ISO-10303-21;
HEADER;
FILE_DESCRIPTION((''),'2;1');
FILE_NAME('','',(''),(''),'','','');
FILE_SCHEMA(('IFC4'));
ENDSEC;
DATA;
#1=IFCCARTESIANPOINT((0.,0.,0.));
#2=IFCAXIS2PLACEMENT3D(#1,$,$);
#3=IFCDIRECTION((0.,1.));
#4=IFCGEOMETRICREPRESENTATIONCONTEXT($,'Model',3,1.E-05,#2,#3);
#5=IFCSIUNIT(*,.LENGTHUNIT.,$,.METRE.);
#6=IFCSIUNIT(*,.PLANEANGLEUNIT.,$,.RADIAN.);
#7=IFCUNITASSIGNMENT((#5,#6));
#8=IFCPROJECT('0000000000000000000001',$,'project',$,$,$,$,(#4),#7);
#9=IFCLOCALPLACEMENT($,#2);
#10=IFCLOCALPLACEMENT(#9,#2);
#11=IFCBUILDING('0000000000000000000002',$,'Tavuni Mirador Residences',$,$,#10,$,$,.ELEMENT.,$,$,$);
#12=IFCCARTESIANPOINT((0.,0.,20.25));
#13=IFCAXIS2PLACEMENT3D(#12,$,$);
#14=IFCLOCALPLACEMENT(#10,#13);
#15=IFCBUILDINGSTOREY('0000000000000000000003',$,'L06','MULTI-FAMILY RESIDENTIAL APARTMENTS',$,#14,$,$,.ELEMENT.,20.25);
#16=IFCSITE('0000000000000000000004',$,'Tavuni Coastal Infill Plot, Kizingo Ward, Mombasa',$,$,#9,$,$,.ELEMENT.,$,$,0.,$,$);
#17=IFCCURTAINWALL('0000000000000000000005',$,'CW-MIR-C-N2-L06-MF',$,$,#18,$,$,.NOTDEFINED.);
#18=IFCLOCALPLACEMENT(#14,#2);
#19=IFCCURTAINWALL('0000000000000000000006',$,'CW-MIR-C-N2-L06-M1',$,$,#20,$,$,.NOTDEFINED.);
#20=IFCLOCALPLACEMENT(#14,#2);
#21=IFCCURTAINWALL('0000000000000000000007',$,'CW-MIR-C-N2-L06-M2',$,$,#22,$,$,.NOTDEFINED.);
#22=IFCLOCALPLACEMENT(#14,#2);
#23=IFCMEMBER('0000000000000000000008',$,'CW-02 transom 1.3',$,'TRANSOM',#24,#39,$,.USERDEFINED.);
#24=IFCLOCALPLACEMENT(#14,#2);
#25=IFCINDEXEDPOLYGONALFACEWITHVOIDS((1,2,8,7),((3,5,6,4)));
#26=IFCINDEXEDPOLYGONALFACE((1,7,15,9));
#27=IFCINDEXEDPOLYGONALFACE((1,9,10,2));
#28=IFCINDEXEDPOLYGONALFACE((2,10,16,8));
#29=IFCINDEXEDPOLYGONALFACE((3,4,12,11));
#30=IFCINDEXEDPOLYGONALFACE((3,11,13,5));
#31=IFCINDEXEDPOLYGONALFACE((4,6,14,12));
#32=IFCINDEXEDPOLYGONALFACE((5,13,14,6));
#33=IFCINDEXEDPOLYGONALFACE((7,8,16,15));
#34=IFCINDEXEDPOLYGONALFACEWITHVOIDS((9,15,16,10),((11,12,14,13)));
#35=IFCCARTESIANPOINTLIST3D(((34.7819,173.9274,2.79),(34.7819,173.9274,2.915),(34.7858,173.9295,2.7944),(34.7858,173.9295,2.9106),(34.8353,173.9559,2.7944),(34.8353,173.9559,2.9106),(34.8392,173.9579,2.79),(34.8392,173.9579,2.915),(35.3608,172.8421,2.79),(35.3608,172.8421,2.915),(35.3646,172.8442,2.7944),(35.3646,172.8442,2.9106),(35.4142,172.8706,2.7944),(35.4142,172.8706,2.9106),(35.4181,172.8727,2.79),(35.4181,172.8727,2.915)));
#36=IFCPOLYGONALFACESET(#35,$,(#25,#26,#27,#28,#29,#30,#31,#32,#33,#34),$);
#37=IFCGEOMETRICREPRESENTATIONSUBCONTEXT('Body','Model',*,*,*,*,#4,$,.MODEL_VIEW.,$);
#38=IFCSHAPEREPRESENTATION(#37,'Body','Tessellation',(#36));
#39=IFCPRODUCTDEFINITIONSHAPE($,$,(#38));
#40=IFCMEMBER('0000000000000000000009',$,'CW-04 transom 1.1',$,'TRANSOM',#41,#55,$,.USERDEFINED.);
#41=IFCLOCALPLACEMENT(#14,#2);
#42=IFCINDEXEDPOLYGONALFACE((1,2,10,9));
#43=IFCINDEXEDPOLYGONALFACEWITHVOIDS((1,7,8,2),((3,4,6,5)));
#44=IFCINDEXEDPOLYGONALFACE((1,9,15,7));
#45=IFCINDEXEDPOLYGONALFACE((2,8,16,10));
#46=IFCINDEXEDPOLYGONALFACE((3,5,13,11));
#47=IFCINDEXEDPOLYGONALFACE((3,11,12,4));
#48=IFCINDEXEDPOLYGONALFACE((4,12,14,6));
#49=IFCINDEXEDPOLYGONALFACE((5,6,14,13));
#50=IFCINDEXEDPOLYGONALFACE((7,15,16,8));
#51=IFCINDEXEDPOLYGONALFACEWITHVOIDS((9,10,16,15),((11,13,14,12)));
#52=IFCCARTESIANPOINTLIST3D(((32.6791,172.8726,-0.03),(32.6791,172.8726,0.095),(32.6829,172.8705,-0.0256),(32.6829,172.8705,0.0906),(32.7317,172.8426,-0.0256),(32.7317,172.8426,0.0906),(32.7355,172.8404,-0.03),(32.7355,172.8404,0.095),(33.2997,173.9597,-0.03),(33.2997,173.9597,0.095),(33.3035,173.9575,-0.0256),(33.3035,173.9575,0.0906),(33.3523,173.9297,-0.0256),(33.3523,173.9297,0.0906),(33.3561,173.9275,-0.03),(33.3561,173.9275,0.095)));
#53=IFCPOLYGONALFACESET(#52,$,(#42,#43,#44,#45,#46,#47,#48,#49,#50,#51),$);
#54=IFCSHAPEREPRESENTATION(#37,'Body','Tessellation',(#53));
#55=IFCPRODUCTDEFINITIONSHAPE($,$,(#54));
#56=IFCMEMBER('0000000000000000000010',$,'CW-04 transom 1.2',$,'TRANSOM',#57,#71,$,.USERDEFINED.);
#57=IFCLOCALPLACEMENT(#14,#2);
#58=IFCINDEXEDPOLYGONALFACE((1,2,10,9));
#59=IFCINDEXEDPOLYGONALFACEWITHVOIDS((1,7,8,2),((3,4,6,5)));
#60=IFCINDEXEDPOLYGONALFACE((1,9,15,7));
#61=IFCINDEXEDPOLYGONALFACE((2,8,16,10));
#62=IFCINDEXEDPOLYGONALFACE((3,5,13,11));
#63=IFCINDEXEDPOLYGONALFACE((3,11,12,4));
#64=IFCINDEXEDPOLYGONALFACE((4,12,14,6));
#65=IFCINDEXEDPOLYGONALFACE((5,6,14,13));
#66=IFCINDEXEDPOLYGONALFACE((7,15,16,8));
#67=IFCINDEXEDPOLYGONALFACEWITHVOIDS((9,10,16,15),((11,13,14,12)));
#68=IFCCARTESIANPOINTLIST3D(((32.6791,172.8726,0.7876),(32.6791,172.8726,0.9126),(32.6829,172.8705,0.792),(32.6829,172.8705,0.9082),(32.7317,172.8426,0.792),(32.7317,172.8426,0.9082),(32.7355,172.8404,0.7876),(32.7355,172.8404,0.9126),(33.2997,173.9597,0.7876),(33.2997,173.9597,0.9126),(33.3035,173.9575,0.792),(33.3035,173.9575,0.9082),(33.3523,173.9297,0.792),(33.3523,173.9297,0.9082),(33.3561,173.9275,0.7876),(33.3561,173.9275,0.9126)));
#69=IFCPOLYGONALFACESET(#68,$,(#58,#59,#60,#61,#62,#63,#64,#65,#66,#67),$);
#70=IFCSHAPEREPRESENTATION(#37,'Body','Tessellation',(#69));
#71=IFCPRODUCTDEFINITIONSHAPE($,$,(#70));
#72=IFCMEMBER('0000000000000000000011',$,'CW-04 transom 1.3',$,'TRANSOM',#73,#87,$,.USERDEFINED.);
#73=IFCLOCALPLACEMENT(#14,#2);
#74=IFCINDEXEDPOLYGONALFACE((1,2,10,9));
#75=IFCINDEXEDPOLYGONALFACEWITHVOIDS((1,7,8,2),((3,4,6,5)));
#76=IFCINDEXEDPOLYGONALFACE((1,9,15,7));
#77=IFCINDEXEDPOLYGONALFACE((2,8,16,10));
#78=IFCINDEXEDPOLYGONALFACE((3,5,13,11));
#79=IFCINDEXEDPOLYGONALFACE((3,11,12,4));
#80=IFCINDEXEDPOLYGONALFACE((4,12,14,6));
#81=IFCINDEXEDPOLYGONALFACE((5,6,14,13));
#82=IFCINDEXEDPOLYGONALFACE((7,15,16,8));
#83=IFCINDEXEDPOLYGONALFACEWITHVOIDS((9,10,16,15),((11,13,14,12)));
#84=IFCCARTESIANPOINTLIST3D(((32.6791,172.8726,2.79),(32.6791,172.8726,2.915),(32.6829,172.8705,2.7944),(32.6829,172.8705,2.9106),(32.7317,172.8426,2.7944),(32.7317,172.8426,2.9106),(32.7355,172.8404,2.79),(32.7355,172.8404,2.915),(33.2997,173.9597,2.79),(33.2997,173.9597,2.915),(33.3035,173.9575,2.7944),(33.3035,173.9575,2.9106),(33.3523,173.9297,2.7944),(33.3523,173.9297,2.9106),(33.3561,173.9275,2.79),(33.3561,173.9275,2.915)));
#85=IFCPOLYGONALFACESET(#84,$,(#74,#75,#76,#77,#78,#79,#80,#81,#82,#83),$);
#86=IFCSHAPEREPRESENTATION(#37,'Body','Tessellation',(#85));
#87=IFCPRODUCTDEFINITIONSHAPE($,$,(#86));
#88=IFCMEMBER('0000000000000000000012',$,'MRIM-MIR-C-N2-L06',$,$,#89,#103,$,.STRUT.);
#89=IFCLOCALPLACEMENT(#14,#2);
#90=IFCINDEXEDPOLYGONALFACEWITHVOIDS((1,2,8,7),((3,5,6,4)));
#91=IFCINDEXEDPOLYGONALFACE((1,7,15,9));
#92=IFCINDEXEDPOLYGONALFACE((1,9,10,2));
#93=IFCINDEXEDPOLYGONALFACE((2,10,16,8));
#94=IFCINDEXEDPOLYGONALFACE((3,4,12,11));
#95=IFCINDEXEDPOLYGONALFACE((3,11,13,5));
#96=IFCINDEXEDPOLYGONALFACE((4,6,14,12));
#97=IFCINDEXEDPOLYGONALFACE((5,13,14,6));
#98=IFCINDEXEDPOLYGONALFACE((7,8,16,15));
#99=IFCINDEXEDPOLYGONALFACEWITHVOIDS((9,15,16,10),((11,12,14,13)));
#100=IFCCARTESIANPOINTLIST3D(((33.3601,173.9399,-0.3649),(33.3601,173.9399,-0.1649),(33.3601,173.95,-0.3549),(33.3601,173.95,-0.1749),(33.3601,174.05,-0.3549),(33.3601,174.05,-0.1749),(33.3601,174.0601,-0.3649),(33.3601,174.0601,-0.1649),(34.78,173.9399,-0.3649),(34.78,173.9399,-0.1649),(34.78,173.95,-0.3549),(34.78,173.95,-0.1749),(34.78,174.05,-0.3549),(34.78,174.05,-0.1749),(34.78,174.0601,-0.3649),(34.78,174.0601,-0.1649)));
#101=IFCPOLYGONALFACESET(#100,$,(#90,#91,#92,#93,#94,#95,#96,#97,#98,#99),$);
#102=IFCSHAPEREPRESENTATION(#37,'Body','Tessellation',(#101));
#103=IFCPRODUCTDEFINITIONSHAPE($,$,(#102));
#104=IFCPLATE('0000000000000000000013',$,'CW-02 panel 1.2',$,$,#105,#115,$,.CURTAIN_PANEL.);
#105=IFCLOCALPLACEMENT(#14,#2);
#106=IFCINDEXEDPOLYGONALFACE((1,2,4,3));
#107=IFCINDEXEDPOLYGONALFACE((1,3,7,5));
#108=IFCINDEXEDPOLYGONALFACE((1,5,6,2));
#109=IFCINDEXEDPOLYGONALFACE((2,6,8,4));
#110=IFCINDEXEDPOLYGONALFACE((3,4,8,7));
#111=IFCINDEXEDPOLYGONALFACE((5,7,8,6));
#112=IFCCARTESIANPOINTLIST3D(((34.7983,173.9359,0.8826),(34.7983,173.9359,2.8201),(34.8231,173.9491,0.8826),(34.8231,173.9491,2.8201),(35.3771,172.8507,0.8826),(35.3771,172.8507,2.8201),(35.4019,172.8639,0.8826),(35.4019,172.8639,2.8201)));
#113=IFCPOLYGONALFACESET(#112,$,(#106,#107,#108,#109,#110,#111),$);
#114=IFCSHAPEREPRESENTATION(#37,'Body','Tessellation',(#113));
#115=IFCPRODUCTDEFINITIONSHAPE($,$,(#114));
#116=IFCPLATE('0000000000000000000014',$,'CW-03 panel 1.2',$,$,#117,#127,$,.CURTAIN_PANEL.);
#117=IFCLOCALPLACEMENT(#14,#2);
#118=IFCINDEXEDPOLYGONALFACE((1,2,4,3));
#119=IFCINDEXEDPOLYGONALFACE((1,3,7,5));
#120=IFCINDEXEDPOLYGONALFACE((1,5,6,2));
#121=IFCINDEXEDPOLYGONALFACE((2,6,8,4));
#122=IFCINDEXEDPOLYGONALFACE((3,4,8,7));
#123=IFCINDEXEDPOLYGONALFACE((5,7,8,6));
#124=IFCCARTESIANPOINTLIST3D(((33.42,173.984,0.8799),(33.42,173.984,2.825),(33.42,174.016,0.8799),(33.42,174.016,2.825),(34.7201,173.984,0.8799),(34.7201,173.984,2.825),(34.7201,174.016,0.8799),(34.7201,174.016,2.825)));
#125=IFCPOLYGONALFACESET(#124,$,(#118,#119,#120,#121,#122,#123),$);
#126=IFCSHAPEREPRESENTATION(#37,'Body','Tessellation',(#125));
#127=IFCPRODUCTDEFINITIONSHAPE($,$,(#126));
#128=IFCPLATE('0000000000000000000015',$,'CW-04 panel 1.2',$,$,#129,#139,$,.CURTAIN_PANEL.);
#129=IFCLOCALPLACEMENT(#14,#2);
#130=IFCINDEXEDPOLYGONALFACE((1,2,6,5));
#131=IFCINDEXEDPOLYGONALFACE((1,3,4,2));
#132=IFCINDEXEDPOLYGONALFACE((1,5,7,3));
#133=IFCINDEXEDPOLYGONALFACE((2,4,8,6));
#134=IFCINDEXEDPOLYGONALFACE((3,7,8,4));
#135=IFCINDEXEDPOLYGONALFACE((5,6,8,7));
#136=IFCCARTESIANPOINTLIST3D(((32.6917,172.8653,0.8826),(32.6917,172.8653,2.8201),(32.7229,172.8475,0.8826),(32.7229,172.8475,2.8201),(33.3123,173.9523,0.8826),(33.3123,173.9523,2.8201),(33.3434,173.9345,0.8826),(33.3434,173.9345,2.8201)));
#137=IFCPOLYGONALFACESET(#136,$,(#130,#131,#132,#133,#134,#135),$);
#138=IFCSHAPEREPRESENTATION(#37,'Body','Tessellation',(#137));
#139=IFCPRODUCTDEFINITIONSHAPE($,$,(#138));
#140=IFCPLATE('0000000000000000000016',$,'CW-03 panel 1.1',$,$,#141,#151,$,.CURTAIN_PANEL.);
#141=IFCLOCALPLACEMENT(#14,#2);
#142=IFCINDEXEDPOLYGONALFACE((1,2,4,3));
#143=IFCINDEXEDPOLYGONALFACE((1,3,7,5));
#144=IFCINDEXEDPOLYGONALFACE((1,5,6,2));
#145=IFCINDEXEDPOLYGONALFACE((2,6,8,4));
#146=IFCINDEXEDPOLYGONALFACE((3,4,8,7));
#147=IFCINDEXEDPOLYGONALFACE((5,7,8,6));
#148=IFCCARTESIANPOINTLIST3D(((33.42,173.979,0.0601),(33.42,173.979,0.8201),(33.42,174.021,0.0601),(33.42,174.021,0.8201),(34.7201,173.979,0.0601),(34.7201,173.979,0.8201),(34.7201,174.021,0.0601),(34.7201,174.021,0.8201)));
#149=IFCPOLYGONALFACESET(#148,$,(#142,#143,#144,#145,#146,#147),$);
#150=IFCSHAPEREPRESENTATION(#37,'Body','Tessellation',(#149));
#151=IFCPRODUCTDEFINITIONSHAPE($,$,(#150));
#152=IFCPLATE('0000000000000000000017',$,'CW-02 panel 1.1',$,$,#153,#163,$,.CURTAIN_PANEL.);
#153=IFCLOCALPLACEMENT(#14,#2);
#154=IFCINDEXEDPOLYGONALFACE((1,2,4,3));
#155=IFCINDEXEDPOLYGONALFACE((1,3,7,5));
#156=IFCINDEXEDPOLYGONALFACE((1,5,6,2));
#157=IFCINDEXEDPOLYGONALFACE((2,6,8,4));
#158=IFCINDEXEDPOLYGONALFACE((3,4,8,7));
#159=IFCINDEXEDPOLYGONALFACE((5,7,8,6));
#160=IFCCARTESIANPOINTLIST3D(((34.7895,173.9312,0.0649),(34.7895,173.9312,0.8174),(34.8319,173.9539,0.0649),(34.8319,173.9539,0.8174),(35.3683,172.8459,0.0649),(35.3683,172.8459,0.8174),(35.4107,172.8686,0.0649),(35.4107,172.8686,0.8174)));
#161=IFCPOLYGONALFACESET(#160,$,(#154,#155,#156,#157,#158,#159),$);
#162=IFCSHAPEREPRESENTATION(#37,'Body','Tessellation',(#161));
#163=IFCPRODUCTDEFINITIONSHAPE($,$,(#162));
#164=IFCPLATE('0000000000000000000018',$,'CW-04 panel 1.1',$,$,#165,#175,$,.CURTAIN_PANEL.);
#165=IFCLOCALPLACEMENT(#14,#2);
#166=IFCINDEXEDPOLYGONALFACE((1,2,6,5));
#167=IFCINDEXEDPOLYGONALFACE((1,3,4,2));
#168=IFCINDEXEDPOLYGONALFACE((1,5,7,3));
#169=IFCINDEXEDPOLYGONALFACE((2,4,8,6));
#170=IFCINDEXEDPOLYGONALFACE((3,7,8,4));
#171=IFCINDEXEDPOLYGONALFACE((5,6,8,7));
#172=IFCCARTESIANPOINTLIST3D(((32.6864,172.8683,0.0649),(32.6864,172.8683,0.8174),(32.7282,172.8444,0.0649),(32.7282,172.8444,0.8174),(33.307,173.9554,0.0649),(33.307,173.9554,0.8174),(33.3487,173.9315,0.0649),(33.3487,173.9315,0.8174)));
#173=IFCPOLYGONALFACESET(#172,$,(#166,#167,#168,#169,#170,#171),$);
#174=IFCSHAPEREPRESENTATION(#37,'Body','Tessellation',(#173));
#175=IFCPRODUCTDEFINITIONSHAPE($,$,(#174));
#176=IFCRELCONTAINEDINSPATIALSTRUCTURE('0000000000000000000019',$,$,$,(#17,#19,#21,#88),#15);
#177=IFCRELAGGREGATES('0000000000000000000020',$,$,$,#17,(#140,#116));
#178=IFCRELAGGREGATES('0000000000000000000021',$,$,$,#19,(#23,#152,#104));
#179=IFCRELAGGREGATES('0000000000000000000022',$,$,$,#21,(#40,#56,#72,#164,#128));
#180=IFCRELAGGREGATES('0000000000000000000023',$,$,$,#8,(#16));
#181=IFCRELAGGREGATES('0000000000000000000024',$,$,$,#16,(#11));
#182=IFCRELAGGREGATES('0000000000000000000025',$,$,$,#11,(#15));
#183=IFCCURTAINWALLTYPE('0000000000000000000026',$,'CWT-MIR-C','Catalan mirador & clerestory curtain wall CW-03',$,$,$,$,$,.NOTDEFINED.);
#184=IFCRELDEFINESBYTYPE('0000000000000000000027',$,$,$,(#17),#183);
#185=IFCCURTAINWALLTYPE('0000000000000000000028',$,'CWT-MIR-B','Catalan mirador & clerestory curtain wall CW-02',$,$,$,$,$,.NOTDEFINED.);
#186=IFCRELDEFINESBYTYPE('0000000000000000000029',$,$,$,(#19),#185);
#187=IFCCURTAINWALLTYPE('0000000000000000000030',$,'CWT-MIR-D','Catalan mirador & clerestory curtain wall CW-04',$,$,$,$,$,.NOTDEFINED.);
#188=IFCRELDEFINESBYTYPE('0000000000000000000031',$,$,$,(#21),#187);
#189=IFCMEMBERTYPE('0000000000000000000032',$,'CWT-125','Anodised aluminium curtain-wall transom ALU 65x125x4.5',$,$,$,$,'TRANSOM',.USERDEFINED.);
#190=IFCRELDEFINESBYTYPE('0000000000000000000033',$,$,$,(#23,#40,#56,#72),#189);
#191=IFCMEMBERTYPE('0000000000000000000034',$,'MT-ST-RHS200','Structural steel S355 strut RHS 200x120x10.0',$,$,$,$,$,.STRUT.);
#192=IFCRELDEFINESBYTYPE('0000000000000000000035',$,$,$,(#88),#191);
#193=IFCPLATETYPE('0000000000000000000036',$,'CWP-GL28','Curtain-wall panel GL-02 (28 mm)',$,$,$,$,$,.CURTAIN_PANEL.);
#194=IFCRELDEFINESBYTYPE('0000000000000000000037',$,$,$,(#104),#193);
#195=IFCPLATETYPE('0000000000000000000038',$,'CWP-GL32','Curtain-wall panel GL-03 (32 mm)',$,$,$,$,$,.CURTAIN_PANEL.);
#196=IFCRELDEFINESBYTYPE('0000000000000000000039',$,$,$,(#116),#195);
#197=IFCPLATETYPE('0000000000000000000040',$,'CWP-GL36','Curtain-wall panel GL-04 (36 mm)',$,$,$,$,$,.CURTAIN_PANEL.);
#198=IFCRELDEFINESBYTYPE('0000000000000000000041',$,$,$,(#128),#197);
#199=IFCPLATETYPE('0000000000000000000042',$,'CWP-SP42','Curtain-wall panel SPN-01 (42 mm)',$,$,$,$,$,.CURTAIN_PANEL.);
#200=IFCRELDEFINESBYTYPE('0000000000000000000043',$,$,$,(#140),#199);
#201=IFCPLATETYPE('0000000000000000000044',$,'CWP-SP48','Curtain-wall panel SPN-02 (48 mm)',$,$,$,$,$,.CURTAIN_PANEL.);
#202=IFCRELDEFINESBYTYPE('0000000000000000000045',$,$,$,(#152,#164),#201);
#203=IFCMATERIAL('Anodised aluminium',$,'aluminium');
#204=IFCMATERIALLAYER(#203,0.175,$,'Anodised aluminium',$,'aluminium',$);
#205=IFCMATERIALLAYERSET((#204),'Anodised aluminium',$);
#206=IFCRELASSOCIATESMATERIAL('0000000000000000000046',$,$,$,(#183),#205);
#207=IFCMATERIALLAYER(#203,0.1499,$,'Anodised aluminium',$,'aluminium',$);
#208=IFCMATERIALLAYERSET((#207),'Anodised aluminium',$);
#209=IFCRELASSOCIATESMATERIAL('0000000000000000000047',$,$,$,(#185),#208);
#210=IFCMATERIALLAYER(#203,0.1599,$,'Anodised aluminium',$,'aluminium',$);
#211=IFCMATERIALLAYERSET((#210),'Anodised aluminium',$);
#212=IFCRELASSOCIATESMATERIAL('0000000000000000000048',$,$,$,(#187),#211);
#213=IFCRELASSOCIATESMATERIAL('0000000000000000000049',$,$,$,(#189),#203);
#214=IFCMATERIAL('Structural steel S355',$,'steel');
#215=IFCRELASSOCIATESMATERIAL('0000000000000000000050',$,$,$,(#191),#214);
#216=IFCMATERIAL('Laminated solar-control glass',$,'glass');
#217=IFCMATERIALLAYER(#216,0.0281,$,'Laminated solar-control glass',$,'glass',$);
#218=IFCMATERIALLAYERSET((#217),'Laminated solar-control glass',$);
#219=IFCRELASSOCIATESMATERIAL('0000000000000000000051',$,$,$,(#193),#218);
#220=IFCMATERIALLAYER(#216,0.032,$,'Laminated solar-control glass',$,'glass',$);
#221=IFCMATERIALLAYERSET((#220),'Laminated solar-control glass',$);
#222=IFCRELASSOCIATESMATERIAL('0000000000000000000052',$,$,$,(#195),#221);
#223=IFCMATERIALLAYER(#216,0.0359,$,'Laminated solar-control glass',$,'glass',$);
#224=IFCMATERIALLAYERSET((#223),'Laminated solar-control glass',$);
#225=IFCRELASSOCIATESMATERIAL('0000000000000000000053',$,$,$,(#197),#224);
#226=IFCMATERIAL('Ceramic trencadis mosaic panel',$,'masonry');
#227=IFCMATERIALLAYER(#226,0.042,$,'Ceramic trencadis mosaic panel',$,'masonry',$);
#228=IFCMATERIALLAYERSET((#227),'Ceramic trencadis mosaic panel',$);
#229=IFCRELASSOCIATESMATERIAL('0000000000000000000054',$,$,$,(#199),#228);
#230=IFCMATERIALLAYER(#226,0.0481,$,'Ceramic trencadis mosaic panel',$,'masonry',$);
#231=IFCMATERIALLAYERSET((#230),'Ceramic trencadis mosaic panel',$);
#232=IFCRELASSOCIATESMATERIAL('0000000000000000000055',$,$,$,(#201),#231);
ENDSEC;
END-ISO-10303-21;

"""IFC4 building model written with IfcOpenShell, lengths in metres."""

from ifc_helpers import new_model, si_unit, direction, frame, origin, origin_2d, place, context, subcontext, project, spatial, rectangle, hollow_rectangle, extrude, material, layer, layer_set, material_profile, profile_set, type_object, element, aggregate, save


model = new_model("IFC4")

# Units and contexts
model_context = context("Model", 3, precision=1e-05, world=origin(), true_north=direction((0.0, 1.0)))
body_context = subcontext(model_context, "Body", "Model", "MODEL_VIEW")
ifc_project = project(units=[si_unit("LENGTHUNIT", "METRE"), si_unit("PLANEANGLEUNIT", "RADIAN")], contexts=[model_context])

# Site, building, storey
site_placement = place(None, origin())
site = spatial("IfcSite", under=ifc_project, at=site_placement, Name="Tavuni Coastal Infill Plot, Kizingo Ward, Mombasa", CompositionType="ELEMENT", RefElevation=0.0)
building_placement = place(site_placement, origin())
building = spatial("IfcBuilding", under=site, at=building_placement, Name="Tavuni Mirador Residences", CompositionType="ELEMENT")
storey_placement = place(building_placement, frame((0.0, 0.0, 20.25)))
storey = spatial("IfcBuildingStorey", under=building, at=storey_placement, Name="L06", Description="MULTI-FAMILY RESIDENTIAL APARTMENTS", CompositionType="ELEMENT", Elevation=20.25)

# Curtain walls
ifc_material_1 = material(Name="Anodised aluminium", Category="aluminium")
ifc_layer_1 = layer(ifc_material_1, 0.175, Name="Anodised aluminium", Category="aluminium")
ifc_layer_set_1 = layer_set([ifc_layer_1], Name="Anodised aluminium")
curtain_wall_type_1 = type_object("IfcCurtainWallType", Name="CWT-MIR-C", Description="Catalan mirador & clerestory curtain wall CW-03", PredefinedType="NOTDEFINED", material=ifc_layer_set_1)
curtain_wall_1_placement = place(storey_placement, origin())
curtain_wall_1 = element("IfcCurtainWall", 1, at=curtain_wall_1_placement, inside=storey, type_object=curtain_wall_type_1, Name="CW-MIR-C-N2-L06-MF", PredefinedType="NOTDEFINED")
ifc_layer_2 = layer(ifc_material_1, 0.1499, Name="Anodised aluminium", Category="aluminium")
ifc_layer_set_2 = layer_set([ifc_layer_2], Name="Anodised aluminium")
curtain_wall_type_2 = type_object("IfcCurtainWallType", Name="CWT-MIR-B", Description="Catalan mirador & clerestory curtain wall CW-02", PredefinedType="NOTDEFINED", material=ifc_layer_set_2)
curtain_wall_2_placement = place(storey_placement, origin())
curtain_wall_2 = element("IfcCurtainWall", 2, at=curtain_wall_2_placement, inside=storey, type_object=curtain_wall_type_2, Name="CW-MIR-C-N2-L06-M1", PredefinedType="NOTDEFINED")

# Curtain wall
ifc_layer_3 = layer(ifc_material_1, 0.1599, Name="Anodised aluminium", Category="aluminium")
ifc_layer_set_3 = layer_set([ifc_layer_3], Name="Anodised aluminium")
curtain_wall_type_3 = type_object("IfcCurtainWallType", Name="CWT-MIR-D", Description="Catalan mirador & clerestory curtain wall CW-04", PredefinedType="NOTDEFINED", material=ifc_layer_set_3)
curtain_wall_3_placement = place(storey_placement, origin())
curtain_wall_3 = element("IfcCurtainWall", 3, at=curtain_wall_3_placement, inside=storey, type_object=curtain_wall_type_3, Name="CW-MIR-C-N2-L06-M2", PredefinedType="NOTDEFINED")

# Members
ifc_material_profile_1 = material_profile(ifc_material_1, hollow_rectangle(XDim=0.0649, YDim=0.125, WallThickness=0.0044, at=origin_2d()), Name="ALU 65x125x4.5", Category="aluminium")
ifc_profile_set_1 = profile_set([ifc_material_profile_1], Name="Anodised aluminium")
member_type_1 = type_object("IfcMemberType", Name="CWT-125", Description="Anodised aluminium curtain-wall transom ALU 65x125x4.5", ElementType="TRANSOM", PredefinedType="USERDEFINED", material=ifc_profile_set_1)
member_1_placement = place(storey_placement, frame((35.3894, 172.8574, 2.8525), z_axis=(-0.47064, 0.882325, 0.0), x_axis=(-0.882325, -0.47064, 0.0)))
member_1 = element("IfcMember", 4, at=member_1_placement, type_object=member_type_1, Name="CW-02 transom 1.3", ObjectType="TRANSOM", PredefinedType="USERDEFINED", context=body_context, shape_type="SweptSolid", body=[
    extrude(hollow_rectangle(XDim=0.0649, YDim=0.125, WallThickness=0.0044, at=origin_2d()), origin(), (0.0, 0.0, 1.0), 1.23),
])
member_2_placement = place(storey_placement, frame((33.3279, 173.9436, 0.0325), z_axis=(-0.495761, -0.868459, 0.0), x_axis=(0.868459, -0.495761, 0.0)))
member_2 = element("IfcMember", 5, at=member_2_placement, type_object=member_type_1, Name="CW-04 transom 1.1", ObjectType="TRANSOM", PredefinedType="USERDEFINED", context=body_context, shape_type="SweptSolid", body=[
    extrude(hollow_rectangle(XDim=0.0649, YDim=0.125, WallThickness=0.0044, at=origin_2d()), origin(), (0.0, 0.0, 1.0), 1.2517),
])
member_3_placement = place(storey_placement, frame((33.3279, 173.9436, 0.8501), z_axis=(-0.495761, -0.868459, 0.0), x_axis=(0.868459, -0.495761, 0.0)))
member_3 = element("IfcMember", 6, at=member_3_placement, type_object=member_type_1, Name="CW-04 transom 1.2", ObjectType="TRANSOM", PredefinedType="USERDEFINED", context=body_context, shape_type="SweptSolid", body=[
    extrude(hollow_rectangle(XDim=0.0649, YDim=0.125, WallThickness=0.0044, at=origin_2d()), origin(), (0.0, 0.0, 1.0), 1.2517),
])
member_4_placement = place(storey_placement, frame((33.3279, 173.9436, 2.8525), z_axis=(-0.495761, -0.868459, 0.0), x_axis=(0.868459, -0.495761, 0.0)))
member_4 = element("IfcMember", 7, at=member_4_placement, type_object=member_type_1, Name="CW-04 transom 1.3", ObjectType="TRANSOM", PredefinedType="USERDEFINED", context=body_context, shape_type="SweptSolid", body=[
    extrude(hollow_rectangle(XDim=0.0649, YDim=0.125, WallThickness=0.0044, at=origin_2d()), origin(), (0.0, 0.0, 1.0), 1.2517),
])
ifc_material_2 = material(Name="Structural steel S355", Category="steel")
ifc_material_profile_2 = material_profile(ifc_material_2, hollow_rectangle(XDim=0.1201, YDim=0.2, WallThickness=0.01, at=origin_2d()), Name="RHS 200x120x10.0", Category="steel")
ifc_profile_set_2 = profile_set([ifc_material_profile_2], Name="Structural steel S355")
member_type_2 = type_object("IfcMemberType", Name="MT-ST-RHS200", Description="Structural steel S355 strut RHS 200x120x10.0", PredefinedType="STRUT", material=ifc_profile_set_2)
member_5_placement = place(storey_placement, frame((33.3601, 174.0, -0.2649), z_axis=(1.0, 0.0, 0.0), x_axis=(0.0, 1.0, 0.0)))
element("IfcMember", 8, at=member_5_placement, inside=storey, type_object=member_type_2, Name="MRIM-MIR-C-N2-L06", PredefinedType="STRUT", context=body_context, shape_type="SweptSolid", body=[
    extrude(hollow_rectangle(XDim=0.1201, YDim=0.2, WallThickness=0.01, at=origin_2d()), origin(), (0.0, 0.0, 1.0), 1.4199),
])

# Plates
ifc_material_3 = material(Name="Laminated solar-control glass", Category="glass")
ifc_layer_4 = layer(ifc_material_3, 0.0281, Name="Laminated solar-control glass", Category="glass")
ifc_layer_set_4 = layer_set([ifc_layer_4], Name="Laminated solar-control glass")
plate_type_1 = type_object("IfcPlateType", Name="CWP-GL28", Description="Curtain-wall panel GL-02 (28 mm)", PredefinedType="CURTAIN_PANEL", material=ifc_layer_set_4)
plate_1_placement = place(storey_placement, frame((35.1001, 173.3999, 0.8826), z_axis=(0.0, 0.0, 1.0), x_axis=(-0.470588, 0.882353, 0.0)))
plate_1 = element("IfcPlate", 9, at=plate_1_placement, type_object=plate_type_1, Name="CW-02 panel 1.2", PredefinedType="CURTAIN_PANEL", context=body_context, shape_type="SweptSolid", body=[
    extrude(rectangle(XDim=1.23, YDim=0.0281, at=origin_2d()), origin(), (0.0, 0.0, 1.0), 1.9375),
])
ifc_layer_5 = layer(ifc_material_3, 0.032, Name="Laminated solar-control glass", Category="glass")
ifc_layer_set_5 = layer_set([ifc_layer_5], Name="Laminated solar-control glass")
plate_type_2 = type_object("IfcPlateType", Name="CWP-GL32", Description="Curtain-wall panel GL-03 (32 mm)", PredefinedType="CURTAIN_PANEL", material=ifc_layer_set_5)
plate_2_placement = place(storey_placement, frame((34.0701, 174.0, 0.8799), z_axis=(0.0, 0.0, 1.0), x_axis=(-1.0, 0.0, 0.0)))
plate_2 = element("IfcPlate", 10, at=plate_2_placement, type_object=plate_type_2, Name="CW-03 panel 1.2", PredefinedType="CURTAIN_PANEL", context=body_context, shape_type="SweptSolid", body=[
    extrude(rectangle(XDim=1.3, YDim=0.032, at=origin_2d()), origin(), (0.0, 0.0, 1.0), 1.9451),
])
ifc_layer_6 = layer(ifc_material_3, 0.0359, Name="Laminated solar-control glass", Category="glass")
ifc_layer_set_6 = layer_set([ifc_layer_6], Name="Laminated solar-control glass")
plate_type_3 = type_object("IfcPlateType", Name="CWP-GL36", Description="Curtain-wall panel GL-04 (36 mm)", PredefinedType="CURTAIN_PANEL", material=ifc_layer_set_6)
plate_3_placement = place(storey_placement, frame((33.0176, 173.3999, 0.8826), z_axis=(0.0, 0.0, 1.0), x_axis=(-0.495749, -0.868466, 0.0)))
plate_3 = element("IfcPlate", 11, at=plate_3_placement, type_object=plate_type_3, Name="CW-04 panel 1.2", PredefinedType="CURTAIN_PANEL", context=body_context, shape_type="SweptSolid", body=[
    extrude(rectangle(XDim=1.2517, YDim=0.0359, at=origin_2d()), origin(), (0.0, 0.0, 1.0), 1.9375),
])
ifc_material_4 = material(Name="Ceramic trencadis mosaic panel", Category="masonry")
ifc_layer_7 = layer(ifc_material_4, 0.042, Name="Ceramic trencadis mosaic panel", Category="masonry")
ifc_layer_set_7 = layer_set([ifc_layer_7], Name="Ceramic trencadis mosaic panel")
plate_type_4 = type_object("IfcPlateType", Name="CWP-SP42", Description="Curtain-wall panel SPN-01 (42 mm)", PredefinedType="CURTAIN_PANEL", material=ifc_layer_set_7)
plate_4_placement = place(storey_placement, frame((34.0701, 174.0, 0.0601), z_axis=(0.0, 0.0, 1.0), x_axis=(-1.0, 0.0, 0.0)))
plate_4 = element("IfcPlate", 12, at=plate_4_placement, type_object=plate_type_4, Name="CW-03 panel 1.1", PredefinedType="CURTAIN_PANEL", context=body_context, shape_type="SweptSolid", body=[
    extrude(rectangle(XDim=1.3, YDim=0.042, at=origin_2d()), origin(), (0.0, 0.0, 1.0), 0.76),
])
aggregate(curtain_wall_1, [plate_4, plate_2])
ifc_layer_8 = layer(ifc_material_4, 0.0481, Name="Ceramic trencadis mosaic panel", Category="masonry")
ifc_layer_set_8 = layer_set([ifc_layer_8], Name="Ceramic trencadis mosaic panel")
plate_type_5 = type_object("IfcPlateType", Name="CWP-SP48", Description="Curtain-wall panel SPN-02 (48 mm)", PredefinedType="CURTAIN_PANEL", material=ifc_layer_set_8)
plate_5_placement = place(storey_placement, frame((35.1001, 173.3999, 0.0649), z_axis=(0.0, 0.0, 1.0), x_axis=(-0.470588, 0.882353, 0.0)))
plate_5 = element("IfcPlate", 13, at=plate_5_placement, type_object=plate_type_5, Name="CW-02 panel 1.1", PredefinedType="CURTAIN_PANEL", context=body_context, shape_type="SweptSolid", body=[
    extrude(rectangle(XDim=1.23, YDim=0.0481, at=origin_2d()), origin(), (0.0, 0.0, 1.0), 0.7524),
])
aggregate(curtain_wall_2, [member_1, plate_5, plate_1])
plate_6_placement = place(storey_placement, frame((33.0176, 173.3999, 0.0649), z_axis=(0.0, 0.0, 1.0), x_axis=(-0.495749, -0.868466, 0.0)))
plate_6 = element("IfcPlate", 14, at=plate_6_placement, type_object=plate_type_5, Name="CW-04 panel 1.1", PredefinedType="CURTAIN_PANEL", context=body_context, shape_type="SweptSolid", body=[
    extrude(rectangle(XDim=1.2517, YDim=0.0481, at=origin_2d()), origin(), (0.0, 0.0, 1.0), 0.7524),
])
aggregate(curtain_wall_3, [member_2, member_3, member_4, plate_6, plate_3])

save(model, "model.ifc")
